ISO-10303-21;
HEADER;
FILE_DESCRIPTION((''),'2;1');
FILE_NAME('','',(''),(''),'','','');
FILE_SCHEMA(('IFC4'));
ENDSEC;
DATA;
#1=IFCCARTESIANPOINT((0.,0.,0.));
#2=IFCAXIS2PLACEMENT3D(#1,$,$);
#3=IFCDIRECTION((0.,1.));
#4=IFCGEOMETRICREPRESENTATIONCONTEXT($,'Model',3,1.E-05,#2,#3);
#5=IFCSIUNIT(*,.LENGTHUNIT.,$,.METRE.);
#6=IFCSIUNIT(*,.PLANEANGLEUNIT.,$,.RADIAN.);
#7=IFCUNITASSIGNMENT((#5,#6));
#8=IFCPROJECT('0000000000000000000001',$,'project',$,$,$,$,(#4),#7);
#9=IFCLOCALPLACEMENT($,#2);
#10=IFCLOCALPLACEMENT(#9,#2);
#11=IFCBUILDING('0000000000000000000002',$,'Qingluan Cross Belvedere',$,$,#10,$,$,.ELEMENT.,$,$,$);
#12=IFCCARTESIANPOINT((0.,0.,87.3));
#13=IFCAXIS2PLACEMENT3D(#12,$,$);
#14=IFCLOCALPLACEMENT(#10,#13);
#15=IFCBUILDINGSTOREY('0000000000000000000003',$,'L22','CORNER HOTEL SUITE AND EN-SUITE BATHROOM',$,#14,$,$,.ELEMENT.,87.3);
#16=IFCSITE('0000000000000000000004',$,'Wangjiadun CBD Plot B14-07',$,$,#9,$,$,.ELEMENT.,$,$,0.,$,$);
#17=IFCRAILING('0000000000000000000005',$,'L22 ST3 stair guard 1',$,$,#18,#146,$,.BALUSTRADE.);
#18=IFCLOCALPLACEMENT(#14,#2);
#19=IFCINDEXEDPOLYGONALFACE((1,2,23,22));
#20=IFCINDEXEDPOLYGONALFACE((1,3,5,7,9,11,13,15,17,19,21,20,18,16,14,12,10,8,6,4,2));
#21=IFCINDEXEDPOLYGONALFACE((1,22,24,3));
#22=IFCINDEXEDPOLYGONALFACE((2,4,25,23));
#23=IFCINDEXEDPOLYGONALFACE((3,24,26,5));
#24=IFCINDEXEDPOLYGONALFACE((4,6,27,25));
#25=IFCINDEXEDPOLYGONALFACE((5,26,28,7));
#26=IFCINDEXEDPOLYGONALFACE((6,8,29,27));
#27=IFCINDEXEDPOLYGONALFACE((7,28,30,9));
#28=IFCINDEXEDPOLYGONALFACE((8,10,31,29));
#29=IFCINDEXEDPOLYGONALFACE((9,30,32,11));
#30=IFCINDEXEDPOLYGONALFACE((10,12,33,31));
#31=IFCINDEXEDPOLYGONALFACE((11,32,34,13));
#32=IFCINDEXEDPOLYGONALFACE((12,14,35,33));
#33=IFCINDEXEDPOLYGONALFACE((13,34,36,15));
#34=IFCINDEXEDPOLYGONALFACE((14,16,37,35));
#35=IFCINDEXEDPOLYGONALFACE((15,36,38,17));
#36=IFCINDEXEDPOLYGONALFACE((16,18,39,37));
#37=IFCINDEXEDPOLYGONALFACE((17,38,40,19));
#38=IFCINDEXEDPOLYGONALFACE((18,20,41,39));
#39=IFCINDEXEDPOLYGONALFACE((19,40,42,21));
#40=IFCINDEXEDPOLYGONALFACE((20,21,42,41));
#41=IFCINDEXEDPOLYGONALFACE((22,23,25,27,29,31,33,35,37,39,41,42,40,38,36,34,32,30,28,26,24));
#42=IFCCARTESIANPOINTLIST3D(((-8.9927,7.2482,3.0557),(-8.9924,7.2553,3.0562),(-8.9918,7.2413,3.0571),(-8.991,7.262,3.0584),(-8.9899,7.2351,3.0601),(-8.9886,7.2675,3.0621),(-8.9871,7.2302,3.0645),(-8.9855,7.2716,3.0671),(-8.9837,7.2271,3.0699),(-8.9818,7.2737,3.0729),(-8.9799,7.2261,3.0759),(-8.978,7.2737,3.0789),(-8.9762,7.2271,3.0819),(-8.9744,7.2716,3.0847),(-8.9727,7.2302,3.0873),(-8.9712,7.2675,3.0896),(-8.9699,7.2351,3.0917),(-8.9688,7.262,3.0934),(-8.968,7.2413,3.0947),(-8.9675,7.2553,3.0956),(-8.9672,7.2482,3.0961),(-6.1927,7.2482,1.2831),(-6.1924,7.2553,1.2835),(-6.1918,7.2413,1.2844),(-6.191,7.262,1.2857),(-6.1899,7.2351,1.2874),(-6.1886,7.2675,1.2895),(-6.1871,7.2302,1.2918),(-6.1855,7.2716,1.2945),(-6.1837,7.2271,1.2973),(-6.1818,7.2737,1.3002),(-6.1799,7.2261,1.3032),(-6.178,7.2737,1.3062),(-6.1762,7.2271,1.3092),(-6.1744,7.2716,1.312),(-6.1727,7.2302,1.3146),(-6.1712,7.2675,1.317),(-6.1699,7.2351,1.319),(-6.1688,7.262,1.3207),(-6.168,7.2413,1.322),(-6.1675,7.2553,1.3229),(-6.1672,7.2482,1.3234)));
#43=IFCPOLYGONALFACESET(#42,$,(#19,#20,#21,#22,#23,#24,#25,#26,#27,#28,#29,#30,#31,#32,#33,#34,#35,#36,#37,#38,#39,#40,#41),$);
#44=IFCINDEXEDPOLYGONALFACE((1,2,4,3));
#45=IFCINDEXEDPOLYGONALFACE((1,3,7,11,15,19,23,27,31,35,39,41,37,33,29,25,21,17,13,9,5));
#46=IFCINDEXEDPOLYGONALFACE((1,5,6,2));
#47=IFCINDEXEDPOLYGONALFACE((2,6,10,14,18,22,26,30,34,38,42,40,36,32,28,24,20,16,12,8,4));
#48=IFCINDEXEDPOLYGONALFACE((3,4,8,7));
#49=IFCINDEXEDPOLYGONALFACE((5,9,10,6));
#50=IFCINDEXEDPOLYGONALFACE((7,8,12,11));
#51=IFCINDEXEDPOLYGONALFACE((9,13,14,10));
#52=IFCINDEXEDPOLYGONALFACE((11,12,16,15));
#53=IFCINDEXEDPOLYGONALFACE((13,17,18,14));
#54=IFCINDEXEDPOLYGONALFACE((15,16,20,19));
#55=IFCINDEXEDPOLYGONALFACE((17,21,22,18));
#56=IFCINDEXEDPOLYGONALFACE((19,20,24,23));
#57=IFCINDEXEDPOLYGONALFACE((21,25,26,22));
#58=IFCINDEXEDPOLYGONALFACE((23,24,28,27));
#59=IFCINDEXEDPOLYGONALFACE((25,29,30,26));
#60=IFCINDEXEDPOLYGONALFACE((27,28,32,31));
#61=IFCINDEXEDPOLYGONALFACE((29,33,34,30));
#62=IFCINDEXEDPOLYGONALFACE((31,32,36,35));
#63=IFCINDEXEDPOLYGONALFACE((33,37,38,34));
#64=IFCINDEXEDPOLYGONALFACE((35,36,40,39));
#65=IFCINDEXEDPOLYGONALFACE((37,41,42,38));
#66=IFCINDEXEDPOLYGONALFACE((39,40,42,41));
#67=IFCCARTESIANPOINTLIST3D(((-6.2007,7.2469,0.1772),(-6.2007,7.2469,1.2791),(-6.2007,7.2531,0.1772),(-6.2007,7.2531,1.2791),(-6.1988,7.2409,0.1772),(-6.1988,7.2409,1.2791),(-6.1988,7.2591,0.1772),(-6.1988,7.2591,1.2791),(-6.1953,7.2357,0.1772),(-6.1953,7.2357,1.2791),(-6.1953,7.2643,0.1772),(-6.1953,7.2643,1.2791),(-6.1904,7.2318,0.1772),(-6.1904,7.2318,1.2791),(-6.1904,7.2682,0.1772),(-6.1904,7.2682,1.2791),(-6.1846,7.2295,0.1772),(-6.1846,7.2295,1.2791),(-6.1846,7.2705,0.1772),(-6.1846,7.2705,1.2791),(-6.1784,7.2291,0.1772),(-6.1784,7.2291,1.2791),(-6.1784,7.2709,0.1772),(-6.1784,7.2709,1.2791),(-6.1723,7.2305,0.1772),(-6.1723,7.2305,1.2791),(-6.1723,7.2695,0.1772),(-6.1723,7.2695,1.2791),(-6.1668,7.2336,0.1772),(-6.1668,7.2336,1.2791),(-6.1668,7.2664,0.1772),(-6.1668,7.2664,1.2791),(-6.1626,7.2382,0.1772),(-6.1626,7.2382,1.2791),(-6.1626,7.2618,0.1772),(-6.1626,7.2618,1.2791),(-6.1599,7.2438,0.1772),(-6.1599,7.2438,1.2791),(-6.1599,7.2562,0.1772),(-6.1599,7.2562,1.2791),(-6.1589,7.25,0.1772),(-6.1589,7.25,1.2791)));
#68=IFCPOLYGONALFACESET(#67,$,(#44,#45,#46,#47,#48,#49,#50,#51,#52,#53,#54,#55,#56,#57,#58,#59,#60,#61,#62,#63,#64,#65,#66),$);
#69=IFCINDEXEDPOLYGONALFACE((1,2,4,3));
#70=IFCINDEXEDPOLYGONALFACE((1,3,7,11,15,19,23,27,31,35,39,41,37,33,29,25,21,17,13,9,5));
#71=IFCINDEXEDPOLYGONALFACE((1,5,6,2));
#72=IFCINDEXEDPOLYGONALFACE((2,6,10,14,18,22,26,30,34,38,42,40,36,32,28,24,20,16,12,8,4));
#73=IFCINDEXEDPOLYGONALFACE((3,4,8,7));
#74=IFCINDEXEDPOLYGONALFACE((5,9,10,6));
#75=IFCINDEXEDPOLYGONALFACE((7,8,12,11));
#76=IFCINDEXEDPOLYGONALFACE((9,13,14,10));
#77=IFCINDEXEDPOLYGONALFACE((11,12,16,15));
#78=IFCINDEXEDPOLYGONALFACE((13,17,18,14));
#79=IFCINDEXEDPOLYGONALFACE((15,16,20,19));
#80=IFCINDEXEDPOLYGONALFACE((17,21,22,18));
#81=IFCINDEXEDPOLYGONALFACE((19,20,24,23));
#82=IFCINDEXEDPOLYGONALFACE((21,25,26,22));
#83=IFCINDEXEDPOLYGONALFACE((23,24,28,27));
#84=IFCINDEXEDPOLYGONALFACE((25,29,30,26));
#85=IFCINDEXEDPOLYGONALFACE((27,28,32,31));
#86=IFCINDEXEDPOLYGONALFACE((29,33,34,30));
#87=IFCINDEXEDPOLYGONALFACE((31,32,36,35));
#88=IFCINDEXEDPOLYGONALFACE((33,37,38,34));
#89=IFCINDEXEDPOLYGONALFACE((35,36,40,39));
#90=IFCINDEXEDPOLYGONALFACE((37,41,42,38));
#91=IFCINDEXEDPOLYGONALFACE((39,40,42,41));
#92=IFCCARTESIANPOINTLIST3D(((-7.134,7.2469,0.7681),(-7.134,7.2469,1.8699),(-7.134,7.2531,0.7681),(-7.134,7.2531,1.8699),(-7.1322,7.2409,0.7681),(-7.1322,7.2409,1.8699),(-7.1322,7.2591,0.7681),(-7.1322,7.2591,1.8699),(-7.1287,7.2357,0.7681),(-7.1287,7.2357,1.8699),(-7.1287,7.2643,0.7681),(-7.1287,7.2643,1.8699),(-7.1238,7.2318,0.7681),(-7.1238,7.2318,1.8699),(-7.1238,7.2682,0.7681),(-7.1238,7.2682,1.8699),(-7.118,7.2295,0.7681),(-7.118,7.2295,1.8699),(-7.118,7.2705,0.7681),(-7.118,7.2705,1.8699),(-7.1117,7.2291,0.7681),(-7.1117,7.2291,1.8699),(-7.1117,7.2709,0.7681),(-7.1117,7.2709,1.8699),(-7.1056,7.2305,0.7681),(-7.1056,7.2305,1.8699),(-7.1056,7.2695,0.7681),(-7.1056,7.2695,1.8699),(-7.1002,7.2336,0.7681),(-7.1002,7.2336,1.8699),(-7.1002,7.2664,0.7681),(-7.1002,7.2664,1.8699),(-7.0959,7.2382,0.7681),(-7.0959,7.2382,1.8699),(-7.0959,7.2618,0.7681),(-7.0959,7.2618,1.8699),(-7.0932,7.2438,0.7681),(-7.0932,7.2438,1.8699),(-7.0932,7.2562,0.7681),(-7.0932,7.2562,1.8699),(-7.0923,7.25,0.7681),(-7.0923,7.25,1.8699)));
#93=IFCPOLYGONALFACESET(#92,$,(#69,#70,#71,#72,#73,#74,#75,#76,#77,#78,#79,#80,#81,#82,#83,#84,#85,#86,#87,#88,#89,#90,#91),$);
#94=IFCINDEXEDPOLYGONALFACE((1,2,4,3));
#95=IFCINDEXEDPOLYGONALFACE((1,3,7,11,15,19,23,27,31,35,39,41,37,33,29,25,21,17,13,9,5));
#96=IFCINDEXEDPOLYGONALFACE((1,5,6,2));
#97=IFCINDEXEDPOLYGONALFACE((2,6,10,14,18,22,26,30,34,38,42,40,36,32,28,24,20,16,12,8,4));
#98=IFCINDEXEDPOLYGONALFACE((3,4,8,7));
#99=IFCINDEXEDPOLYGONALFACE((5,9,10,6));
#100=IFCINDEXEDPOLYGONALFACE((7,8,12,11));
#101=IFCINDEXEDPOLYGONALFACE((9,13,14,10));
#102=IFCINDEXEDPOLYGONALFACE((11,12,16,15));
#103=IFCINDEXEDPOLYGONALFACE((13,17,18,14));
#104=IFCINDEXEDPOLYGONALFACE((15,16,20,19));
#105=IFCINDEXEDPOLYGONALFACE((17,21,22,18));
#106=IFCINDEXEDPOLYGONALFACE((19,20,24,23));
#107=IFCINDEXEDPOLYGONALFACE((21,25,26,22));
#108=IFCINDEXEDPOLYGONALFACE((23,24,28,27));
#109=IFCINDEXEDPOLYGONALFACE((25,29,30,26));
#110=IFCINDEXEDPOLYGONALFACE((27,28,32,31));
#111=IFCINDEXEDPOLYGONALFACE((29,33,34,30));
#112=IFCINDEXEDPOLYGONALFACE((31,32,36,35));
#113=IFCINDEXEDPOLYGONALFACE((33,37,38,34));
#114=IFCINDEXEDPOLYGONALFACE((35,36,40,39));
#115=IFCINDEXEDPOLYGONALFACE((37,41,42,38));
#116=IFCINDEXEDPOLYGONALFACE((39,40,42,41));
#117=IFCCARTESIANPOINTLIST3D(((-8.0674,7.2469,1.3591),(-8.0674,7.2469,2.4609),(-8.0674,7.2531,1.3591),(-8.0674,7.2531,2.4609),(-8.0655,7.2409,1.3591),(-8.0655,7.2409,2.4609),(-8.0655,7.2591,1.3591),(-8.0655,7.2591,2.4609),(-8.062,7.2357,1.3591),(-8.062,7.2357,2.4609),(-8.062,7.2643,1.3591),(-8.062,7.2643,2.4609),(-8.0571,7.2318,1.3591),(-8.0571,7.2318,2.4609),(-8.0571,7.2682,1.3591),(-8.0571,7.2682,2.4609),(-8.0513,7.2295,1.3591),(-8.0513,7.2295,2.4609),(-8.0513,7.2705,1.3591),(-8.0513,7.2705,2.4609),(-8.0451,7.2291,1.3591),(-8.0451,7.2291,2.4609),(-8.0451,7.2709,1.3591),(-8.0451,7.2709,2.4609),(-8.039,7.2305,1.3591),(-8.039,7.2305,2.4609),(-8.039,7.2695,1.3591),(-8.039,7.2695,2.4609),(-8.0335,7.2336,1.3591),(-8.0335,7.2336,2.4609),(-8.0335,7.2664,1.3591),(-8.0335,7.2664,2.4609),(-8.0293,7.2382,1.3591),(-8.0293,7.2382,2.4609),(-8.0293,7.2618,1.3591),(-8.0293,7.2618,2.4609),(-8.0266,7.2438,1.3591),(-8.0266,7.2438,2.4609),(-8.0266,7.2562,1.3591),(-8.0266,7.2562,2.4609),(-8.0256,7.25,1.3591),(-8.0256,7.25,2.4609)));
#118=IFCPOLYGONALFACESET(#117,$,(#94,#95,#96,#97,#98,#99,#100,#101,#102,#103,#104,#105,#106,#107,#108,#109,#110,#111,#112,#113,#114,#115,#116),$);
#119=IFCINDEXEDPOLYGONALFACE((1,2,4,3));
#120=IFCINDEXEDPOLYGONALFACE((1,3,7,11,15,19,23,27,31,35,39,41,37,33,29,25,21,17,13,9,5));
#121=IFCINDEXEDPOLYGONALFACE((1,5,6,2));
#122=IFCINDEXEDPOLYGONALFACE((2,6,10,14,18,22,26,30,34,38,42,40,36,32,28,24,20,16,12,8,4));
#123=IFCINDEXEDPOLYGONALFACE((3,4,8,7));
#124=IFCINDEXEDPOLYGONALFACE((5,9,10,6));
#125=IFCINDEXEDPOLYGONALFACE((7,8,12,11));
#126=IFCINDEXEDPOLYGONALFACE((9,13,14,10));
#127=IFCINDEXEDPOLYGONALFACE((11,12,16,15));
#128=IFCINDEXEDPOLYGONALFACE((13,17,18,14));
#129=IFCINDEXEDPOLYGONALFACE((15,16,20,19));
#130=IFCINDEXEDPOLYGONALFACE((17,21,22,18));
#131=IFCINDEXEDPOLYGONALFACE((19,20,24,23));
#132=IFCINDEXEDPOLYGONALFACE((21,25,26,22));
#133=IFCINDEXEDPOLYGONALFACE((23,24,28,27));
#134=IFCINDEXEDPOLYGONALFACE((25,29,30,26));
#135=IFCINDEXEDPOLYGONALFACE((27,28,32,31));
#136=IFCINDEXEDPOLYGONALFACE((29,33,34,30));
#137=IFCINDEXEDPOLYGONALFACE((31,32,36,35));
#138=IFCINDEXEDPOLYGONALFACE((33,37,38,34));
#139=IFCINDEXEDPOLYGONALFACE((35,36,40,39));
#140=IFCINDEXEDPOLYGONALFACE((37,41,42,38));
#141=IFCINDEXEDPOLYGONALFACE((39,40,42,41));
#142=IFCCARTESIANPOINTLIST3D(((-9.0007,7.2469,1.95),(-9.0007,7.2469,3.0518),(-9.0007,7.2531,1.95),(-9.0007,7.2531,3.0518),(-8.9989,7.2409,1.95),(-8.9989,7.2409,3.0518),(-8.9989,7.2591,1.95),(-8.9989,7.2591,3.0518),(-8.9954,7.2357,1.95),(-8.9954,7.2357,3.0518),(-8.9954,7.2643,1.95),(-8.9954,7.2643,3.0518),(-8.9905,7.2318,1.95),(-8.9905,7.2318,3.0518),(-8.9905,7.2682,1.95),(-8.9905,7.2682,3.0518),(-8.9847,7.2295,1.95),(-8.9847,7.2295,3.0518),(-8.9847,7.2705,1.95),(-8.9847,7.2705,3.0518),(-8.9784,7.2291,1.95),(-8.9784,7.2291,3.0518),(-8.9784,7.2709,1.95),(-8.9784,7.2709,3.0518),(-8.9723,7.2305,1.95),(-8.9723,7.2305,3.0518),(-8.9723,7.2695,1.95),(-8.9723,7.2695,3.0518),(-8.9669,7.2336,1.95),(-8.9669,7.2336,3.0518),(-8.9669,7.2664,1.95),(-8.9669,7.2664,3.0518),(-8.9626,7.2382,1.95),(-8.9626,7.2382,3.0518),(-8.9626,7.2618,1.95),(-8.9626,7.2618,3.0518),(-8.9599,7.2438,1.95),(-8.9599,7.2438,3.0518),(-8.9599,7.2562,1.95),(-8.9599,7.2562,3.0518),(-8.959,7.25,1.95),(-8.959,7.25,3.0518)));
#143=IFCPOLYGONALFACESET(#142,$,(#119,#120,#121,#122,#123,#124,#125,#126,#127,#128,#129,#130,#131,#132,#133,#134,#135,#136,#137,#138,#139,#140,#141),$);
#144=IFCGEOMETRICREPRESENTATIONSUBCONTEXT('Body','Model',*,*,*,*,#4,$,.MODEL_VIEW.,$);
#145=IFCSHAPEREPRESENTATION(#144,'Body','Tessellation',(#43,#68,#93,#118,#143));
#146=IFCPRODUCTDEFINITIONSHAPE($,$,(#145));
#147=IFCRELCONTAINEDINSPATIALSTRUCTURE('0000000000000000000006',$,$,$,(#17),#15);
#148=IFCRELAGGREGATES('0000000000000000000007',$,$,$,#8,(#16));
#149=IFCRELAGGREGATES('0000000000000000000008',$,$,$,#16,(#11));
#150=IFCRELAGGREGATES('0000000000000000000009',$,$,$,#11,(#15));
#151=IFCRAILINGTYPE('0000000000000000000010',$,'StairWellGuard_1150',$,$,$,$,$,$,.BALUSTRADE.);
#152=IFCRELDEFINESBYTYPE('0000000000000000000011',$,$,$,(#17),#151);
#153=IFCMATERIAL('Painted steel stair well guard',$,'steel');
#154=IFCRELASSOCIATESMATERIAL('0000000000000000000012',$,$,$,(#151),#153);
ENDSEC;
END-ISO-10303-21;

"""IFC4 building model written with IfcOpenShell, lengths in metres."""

from ifc_helpers import new_model, si_unit, direction, frame, origin, origin_2d, place, context, subcontext, project, spatial, circle, extrude, material, type_object, element, save


model = new_model("IFC4")

# Units and contexts
model_context = context("Model", 3, precision=1e-05, world=origin(), true_north=direction((0.0, 1.0)))
body_context = subcontext(model_context, "Body", "Model", "MODEL_VIEW")
ifc_project = project(units=[si_unit("LENGTHUNIT", "METRE"), si_unit("PLANEANGLEUNIT", "RADIAN")], contexts=[model_context])

# Site, building, storey
site_placement = place(None, origin())
site = spatial("IfcSite", under=ifc_project, at=site_placement, Name="Wangjiadun CBD Plot B14-07", CompositionType="ELEMENT", RefElevation=0.0)
building_placement = place(site_placement, origin())
building = spatial("IfcBuilding", under=site, at=building_placement, Name="Qingluan Cross Belvedere", CompositionType="ELEMENT")
storey_placement = place(building_placement, frame((0.0, 0.0, 87.3)))
storey = spatial("IfcBuildingStorey", under=building, at=storey_placement, Name="L22", Description="CORNER HOTEL SUITE AND EN-SUITE BATHROOM", CompositionType="ELEMENT", Elevation=87.3)

# Railing
ifc_material_1 = material(Name="Painted steel stair well guard", Category="steel")
railing_type_1 = type_object("IfcRailingType", Name="StairWellGuard_1150", PredefinedType="BALUSTRADE", material=ifc_material_1)
railing_1_placement = place(storey_placement, frame((-6.1799, 7.25, 0.1772)))
element("IfcRailing", 1, at=railing_1_placement, inside=storey, type_object=railing_type_1, Name="L22 ST3 stair guard 1", PredefinedType="BALUSTRADE", context=body_context, shape_type="SweptSolid", body=[
    extrude(circle(Radius=0.0239, at=origin_2d()), frame((0.0, 0.0, 1.126), z_axis=(-0.844909, 0.0, 0.53491), x_axis=(0.0, -1.0, 0.0)), (0.0, 0.0, 1.0), 3.314),
    extrude(circle(Radius=0.021, at=origin_2d()), origin(), (0.0, 0.0, 1.0), 1.1018),
    extrude(circle(Radius=0.021, at=origin_2d()), frame((-0.9333, 0.0, 0.5908)), (0.0, 0.0, 1.0), 1.1018),
    extrude(circle(Radius=0.021, at=origin_2d()), frame((-1.8667, 0.0, 1.1819)), (0.0, 0.0, 1.0), 1.1018),
    extrude(circle(Radius=0.021, at=origin_2d()), frame((-2.8, 0.0, 1.7727)), (0.0, 0.0, 1.0), 1.1018),
])

save(model, "model.ifc")
